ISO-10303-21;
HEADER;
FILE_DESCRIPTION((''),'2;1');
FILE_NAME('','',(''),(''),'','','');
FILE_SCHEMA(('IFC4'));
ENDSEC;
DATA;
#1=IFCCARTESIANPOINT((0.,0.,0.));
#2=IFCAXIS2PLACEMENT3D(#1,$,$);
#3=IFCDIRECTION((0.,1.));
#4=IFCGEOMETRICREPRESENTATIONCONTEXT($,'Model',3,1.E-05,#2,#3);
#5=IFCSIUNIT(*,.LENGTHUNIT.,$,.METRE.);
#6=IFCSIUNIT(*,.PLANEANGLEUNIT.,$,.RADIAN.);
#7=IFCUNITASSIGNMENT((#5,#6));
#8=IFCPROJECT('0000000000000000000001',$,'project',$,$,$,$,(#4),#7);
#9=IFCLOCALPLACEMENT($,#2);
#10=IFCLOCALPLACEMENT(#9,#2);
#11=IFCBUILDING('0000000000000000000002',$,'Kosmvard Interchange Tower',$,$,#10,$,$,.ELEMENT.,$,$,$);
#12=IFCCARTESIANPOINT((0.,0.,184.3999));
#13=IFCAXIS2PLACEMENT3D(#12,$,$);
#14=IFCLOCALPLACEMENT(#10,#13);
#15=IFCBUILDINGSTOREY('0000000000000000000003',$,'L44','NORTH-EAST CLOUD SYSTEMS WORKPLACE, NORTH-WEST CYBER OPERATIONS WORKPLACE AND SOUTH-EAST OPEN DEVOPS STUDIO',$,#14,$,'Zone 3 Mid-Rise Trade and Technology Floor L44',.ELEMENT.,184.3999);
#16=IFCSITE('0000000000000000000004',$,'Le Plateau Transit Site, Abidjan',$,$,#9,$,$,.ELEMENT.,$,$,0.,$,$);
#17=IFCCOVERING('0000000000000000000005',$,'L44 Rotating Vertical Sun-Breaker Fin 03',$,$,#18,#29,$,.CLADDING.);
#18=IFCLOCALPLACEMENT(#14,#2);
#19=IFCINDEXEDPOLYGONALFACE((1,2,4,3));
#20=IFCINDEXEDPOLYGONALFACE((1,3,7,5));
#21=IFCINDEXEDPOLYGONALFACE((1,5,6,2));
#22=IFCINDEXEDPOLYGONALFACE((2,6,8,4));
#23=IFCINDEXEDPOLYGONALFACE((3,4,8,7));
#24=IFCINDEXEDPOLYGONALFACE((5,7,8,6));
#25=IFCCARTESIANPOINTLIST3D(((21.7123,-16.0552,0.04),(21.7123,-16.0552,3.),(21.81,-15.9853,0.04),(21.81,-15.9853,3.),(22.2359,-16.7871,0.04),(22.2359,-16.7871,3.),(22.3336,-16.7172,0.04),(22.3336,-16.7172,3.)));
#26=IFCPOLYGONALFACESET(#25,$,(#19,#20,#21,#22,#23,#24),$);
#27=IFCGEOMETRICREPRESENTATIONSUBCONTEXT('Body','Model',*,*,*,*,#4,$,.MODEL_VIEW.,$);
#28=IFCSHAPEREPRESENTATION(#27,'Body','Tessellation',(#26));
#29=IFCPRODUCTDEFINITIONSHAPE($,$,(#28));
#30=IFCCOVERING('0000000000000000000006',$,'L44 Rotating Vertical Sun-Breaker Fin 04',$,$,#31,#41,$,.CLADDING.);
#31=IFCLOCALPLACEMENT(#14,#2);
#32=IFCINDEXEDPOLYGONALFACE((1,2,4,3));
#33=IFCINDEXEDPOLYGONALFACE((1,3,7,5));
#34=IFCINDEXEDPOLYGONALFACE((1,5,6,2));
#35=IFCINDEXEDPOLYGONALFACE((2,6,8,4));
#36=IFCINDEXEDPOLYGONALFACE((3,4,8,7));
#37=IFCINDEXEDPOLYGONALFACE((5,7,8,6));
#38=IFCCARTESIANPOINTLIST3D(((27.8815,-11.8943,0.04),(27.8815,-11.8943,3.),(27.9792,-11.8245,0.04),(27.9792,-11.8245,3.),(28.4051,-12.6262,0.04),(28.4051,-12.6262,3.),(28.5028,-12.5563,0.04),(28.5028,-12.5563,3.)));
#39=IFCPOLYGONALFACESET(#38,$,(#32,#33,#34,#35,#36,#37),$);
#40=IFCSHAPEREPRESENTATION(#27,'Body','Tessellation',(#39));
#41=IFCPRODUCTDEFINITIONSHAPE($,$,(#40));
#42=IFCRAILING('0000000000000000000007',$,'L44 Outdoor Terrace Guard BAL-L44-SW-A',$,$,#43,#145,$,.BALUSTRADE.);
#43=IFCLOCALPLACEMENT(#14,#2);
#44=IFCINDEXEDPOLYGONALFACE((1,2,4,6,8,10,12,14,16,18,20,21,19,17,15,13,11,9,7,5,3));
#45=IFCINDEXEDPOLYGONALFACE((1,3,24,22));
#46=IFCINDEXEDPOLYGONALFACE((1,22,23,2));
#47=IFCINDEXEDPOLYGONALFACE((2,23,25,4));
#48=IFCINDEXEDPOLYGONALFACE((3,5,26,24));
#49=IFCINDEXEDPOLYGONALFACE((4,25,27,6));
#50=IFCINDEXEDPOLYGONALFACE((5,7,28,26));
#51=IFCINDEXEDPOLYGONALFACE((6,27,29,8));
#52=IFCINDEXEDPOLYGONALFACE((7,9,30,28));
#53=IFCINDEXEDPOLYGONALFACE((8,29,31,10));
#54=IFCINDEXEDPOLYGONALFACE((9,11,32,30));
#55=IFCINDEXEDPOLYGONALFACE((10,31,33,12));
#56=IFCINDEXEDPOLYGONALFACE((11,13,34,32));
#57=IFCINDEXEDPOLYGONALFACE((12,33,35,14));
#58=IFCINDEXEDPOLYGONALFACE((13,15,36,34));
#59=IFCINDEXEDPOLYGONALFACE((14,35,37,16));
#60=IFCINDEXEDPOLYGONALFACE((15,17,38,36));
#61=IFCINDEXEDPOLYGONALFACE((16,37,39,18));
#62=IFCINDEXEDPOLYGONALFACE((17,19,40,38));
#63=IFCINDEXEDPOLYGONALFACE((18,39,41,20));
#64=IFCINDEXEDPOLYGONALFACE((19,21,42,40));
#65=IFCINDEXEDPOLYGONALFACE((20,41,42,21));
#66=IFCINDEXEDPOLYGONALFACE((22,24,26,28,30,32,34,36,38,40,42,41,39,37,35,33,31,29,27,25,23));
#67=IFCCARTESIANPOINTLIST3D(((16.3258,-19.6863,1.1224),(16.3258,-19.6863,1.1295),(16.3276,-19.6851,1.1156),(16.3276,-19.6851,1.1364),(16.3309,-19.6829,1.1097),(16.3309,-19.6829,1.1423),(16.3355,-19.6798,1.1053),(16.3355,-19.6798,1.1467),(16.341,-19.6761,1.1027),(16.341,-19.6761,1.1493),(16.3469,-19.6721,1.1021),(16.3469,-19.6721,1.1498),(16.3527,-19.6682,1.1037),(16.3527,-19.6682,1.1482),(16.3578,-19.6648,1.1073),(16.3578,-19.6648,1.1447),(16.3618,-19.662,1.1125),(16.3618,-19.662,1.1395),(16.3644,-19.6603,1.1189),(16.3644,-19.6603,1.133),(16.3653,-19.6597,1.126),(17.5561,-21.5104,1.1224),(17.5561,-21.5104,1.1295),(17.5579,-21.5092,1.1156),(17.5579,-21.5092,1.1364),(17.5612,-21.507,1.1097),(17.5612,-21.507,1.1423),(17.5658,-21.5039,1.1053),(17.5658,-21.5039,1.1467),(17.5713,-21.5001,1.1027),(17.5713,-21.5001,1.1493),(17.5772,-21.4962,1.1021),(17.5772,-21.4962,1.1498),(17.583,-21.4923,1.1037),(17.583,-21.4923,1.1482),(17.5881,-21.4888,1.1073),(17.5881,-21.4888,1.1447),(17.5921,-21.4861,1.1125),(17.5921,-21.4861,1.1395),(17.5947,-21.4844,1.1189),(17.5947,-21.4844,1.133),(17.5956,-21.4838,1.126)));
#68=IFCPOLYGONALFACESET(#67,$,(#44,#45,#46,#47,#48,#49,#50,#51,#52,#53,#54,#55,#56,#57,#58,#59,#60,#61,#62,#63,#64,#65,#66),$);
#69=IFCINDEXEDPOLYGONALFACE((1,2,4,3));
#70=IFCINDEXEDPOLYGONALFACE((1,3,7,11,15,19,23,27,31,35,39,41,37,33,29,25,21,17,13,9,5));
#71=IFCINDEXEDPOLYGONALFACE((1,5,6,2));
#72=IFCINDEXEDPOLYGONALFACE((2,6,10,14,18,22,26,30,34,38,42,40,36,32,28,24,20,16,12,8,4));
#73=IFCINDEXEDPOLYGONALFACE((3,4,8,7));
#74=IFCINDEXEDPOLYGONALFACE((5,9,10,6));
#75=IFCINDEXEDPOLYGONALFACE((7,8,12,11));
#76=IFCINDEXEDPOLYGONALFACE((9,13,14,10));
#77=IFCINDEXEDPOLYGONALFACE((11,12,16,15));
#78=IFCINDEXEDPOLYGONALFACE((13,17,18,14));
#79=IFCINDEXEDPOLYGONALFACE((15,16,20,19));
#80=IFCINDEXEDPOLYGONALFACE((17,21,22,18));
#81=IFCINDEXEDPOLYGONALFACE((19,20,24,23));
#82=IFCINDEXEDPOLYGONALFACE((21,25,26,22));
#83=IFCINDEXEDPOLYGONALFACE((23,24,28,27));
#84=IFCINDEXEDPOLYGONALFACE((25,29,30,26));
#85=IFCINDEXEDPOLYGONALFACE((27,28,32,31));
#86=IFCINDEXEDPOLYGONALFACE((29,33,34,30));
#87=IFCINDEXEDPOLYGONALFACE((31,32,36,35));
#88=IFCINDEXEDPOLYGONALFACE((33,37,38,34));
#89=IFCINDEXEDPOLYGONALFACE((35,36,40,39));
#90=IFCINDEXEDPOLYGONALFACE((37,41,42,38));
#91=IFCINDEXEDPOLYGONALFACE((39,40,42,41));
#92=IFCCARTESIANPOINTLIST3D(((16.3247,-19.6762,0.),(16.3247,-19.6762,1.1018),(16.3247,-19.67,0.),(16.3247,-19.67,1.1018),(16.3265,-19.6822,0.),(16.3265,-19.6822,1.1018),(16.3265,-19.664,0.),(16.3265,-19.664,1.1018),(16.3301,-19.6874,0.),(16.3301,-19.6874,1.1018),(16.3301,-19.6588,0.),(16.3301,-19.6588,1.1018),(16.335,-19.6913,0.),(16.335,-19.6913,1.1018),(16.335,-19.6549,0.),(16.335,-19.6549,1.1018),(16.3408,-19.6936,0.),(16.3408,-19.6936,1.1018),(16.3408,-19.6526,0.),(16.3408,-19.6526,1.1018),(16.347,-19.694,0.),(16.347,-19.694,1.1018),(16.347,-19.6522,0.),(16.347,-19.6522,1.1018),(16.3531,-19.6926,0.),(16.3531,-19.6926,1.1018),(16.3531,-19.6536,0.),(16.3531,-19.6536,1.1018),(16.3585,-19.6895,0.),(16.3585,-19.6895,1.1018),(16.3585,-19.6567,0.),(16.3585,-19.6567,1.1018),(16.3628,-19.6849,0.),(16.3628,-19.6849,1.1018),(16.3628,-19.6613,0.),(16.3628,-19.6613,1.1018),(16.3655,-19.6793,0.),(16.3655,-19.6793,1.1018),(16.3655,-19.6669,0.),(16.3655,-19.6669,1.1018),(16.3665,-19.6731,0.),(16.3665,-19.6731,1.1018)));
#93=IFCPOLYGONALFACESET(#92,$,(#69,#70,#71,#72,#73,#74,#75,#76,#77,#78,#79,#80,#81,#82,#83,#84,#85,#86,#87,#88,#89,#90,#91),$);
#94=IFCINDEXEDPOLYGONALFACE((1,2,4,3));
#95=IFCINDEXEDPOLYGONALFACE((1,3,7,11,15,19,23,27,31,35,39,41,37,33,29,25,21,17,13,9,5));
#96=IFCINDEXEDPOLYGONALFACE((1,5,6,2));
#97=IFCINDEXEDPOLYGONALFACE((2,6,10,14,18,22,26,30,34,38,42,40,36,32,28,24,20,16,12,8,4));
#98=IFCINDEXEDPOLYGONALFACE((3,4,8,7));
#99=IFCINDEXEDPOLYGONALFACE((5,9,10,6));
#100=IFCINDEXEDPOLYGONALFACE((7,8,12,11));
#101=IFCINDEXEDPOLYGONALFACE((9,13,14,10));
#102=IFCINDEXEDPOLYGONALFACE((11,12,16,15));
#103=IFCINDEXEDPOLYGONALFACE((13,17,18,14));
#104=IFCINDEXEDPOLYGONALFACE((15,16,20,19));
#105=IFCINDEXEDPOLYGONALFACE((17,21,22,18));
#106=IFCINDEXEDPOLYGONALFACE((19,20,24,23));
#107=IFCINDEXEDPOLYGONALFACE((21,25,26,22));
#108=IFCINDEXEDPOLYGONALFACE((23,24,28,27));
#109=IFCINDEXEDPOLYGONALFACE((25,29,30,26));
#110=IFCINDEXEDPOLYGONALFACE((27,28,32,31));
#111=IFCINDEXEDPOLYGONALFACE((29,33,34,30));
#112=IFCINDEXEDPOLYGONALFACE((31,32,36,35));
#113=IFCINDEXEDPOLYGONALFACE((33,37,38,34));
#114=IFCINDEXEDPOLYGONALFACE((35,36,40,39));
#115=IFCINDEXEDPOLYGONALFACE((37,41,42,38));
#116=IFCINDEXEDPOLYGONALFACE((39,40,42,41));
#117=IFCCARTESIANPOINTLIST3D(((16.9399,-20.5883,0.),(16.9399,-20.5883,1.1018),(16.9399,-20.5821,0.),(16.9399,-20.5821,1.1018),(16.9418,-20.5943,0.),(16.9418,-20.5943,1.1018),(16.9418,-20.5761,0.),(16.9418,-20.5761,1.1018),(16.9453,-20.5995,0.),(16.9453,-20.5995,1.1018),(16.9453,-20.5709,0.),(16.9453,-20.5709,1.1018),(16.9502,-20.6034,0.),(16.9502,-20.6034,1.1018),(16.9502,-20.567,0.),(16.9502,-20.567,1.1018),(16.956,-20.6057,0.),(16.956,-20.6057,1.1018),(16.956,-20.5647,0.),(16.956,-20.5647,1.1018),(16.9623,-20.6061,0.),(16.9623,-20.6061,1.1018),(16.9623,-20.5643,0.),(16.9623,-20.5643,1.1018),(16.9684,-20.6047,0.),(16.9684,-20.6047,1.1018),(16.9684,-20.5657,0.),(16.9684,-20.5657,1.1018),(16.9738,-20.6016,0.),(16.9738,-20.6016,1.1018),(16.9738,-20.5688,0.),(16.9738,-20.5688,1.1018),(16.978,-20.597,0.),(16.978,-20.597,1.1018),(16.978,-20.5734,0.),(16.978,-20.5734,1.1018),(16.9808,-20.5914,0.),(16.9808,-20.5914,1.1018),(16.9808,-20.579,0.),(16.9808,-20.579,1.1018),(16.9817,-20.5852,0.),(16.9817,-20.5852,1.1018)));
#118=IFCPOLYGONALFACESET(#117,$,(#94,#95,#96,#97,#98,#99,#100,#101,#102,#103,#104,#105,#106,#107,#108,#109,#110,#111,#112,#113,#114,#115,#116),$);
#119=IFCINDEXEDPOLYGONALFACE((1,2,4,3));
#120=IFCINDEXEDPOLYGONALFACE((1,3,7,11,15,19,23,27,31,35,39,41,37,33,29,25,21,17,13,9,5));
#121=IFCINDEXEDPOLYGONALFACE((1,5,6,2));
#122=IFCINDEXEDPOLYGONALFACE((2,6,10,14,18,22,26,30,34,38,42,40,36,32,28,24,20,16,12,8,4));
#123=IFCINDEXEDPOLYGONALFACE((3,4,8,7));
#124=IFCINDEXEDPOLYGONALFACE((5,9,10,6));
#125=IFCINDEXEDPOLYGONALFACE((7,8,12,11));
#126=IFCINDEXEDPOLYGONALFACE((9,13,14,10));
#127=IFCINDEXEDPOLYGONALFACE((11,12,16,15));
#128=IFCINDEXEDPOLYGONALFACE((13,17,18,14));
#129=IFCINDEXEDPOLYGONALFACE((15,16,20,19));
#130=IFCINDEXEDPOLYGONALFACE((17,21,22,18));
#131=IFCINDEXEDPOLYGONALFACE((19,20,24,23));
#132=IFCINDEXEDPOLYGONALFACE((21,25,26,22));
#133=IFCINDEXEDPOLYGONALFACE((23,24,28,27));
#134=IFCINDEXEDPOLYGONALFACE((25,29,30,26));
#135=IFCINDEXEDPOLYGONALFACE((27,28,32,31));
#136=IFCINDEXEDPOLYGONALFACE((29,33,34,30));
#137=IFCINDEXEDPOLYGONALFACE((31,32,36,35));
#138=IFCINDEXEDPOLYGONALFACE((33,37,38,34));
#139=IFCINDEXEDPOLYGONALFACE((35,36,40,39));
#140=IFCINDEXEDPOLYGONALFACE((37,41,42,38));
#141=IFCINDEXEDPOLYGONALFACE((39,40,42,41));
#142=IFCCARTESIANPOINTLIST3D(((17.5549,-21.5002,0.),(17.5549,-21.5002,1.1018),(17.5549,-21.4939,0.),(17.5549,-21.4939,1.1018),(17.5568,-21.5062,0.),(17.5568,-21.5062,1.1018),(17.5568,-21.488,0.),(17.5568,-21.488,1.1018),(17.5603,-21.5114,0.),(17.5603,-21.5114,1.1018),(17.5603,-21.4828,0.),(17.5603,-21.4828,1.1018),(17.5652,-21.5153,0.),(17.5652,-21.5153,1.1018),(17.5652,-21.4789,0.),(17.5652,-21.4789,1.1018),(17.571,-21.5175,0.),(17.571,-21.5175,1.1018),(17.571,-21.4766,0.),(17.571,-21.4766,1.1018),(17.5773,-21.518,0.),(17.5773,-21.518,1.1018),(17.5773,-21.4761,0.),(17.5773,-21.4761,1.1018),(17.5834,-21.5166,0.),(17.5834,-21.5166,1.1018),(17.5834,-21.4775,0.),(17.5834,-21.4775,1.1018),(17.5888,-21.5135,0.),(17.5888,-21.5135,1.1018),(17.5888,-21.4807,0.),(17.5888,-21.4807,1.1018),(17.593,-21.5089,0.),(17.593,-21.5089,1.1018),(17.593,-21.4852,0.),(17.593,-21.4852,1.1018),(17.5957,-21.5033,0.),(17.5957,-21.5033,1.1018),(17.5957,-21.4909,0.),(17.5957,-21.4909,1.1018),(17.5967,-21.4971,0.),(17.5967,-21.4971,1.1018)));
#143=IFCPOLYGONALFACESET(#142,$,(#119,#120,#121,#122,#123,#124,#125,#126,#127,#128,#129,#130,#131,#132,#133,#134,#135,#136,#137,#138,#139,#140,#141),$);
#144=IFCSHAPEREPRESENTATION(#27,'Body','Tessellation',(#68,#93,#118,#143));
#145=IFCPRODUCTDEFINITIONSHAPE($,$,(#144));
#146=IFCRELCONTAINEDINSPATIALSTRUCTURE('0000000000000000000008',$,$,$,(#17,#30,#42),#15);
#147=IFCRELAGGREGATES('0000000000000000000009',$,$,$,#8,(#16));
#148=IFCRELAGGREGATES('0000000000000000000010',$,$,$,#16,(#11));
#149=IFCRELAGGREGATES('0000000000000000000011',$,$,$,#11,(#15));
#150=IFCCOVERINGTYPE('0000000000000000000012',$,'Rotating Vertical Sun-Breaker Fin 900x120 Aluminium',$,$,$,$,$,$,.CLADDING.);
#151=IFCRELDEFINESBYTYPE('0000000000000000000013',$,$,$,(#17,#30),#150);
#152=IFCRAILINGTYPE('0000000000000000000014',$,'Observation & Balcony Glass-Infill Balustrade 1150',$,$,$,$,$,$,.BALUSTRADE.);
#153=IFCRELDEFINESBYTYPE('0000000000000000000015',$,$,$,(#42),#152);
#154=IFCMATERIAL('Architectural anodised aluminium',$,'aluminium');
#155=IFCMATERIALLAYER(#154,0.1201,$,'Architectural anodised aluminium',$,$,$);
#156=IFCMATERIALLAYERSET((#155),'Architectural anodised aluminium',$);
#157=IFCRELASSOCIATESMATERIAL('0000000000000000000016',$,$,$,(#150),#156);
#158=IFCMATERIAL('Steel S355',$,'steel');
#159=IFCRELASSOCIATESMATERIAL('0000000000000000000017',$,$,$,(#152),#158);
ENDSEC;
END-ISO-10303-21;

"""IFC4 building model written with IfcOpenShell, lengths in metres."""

from ifc_helpers import new_model, si_unit, direction, frame, origin, origin_2d, place, context, subcontext, project, spatial, rectangle, circle, extrude, source, transform, mapped, material, layer, layer_set, type_object, element, save


model = new_model("IFC4")

# Units and contexts
model_context = context("Model", 3, precision=1e-05, world=origin(), true_north=direction((0.0, 1.0)))
body_context = subcontext(model_context, "Body", "Model", "MODEL_VIEW")
ifc_project = project(units=[si_unit("LENGTHUNIT", "METRE"), si_unit("PLANEANGLEUNIT", "RADIAN")], contexts=[model_context])

# Site, building, storey
site_placement = place(None, origin())
site = spatial("IfcSite", under=ifc_project, at=site_placement, Name="Le Plateau Transit Site, Abidjan", CompositionType="ELEMENT", RefElevation=0.0)
building_placement = place(site_placement, origin())
building = spatial("IfcBuilding", under=site, at=building_placement, Name="Kosmvard Interchange Tower", CompositionType="ELEMENT")
storey_placement = place(building_placement, frame((0.0, 0.0, 184.3999)))
storey = spatial("IfcBuildingStorey", under=building, at=storey_placement, Name="L44", Description="NORTH-EAST CLOUD SYSTEMS WORKPLACE, NORTH-WEST CYBER OPERATIONS WORKPLACE AND SOUTH-EAST OPEN DEVOPS STUDIO", LongName="Zone 3 Mid-Rise Trade and Technology Floor L44", CompositionType="ELEMENT", Elevation=184.3999)

# Shared definitions
ifc_material_1 = material(Name="Steel S355", Category="steel")

# Coverings
ifc_material_2 = material(Name="Architectural anodised aluminium", Category="aluminium")
ifc_layer_1 = layer(ifc_material_2, 0.1201, Name="Architectural anodised aluminium")
ifc_layer_set_1 = layer_set([ifc_layer_1], Name="Architectural anodised aluminium")
covering_type = type_object("IfcCoveringType", Name="Rotating Vertical Sun-Breaker Fin 900x120 Aluminium", PredefinedType="CLADDING", material=ifc_layer_set_1)
shared_shape_1 = source(origin(), body_context, "Body", "SweptSolid", [
    extrude(rectangle(XDim=0.8999, YDim=0.1201, at=origin_2d()), origin(), (0.0, 0.0, 1.0), 2.96),
])
for number, where, z_axis, x_axis, name in (
    (1, (22.0229, -16.3862, 0.04), (0.0, 0.0, 1.0), (0.581839, -0.813304, 0.0), "L44 Rotating Vertical Sun-Breaker Fin 03"),
    (2, (28.1921, -12.2253, 0.04), (0.0, 0.0, 1.0), (0.581839, -0.813304, 0.0), "L44 Rotating Vertical Sun-Breaker Fin 04"),
):
    element("IfcCovering", number, at=place(storey_placement, frame(where, z_axis=z_axis, x_axis=x_axis)), inside=storey, type_object=covering_type, Name=name, PredefinedType="CLADDING", context=body_context, shape_type="MappedRepresentation", body=[
        mapped(shared_shape_1, transform((0.0, 0.0, 0.0), scale=1.0)),
    ])

# Railing
railing_type = type_object("IfcRailingType", Name="Observation & Balcony Glass-Infill Balustrade 1150", PredefinedType="BALUSTRADE", material=ifc_material_1)
shared_shape_2 = source(origin(), body_context, "Body", "SweptSolid", [
    extrude(circle(Radius=0.0239, at=origin_2d()), frame((0.0, 0.0, 1.126), z_axis=(0.559174, -0.829051, 0.0), x_axis=(0.829051, 0.559174, 0.0)), (0.0, 0.0, 1.0), 2.2002),
    extrude(circle(Radius=0.021, at=origin_2d()), origin(), (0.0, 0.0, 1.0), 1.1018),
    extrude(circle(Radius=0.021, at=origin_2d()), frame((0.6152, -0.9121, 0.0)), (0.0, 0.0, 1.0), 1.1018),
    extrude(circle(Radius=0.021, at=origin_2d()), frame((1.2302, -1.824, 0.0)), (0.0, 0.0, 1.0), 1.1018),
])
railing_1_placement = place(storey_placement, frame((16.3455, -19.6731, 0.0)))
element("IfcRailing", 3, at=railing_1_placement, inside=storey, type_object=railing_type, Name="L44 Outdoor Terrace Guard BAL-L44-SW-A", PredefinedType="BALUSTRADE", context=body_context, shape_type="MappedRepresentation", body=[
    mapped(shared_shape_2, transform((0.0, 0.0, 0.0), scale=1.0)),
])

save(model, "model.ifc")
